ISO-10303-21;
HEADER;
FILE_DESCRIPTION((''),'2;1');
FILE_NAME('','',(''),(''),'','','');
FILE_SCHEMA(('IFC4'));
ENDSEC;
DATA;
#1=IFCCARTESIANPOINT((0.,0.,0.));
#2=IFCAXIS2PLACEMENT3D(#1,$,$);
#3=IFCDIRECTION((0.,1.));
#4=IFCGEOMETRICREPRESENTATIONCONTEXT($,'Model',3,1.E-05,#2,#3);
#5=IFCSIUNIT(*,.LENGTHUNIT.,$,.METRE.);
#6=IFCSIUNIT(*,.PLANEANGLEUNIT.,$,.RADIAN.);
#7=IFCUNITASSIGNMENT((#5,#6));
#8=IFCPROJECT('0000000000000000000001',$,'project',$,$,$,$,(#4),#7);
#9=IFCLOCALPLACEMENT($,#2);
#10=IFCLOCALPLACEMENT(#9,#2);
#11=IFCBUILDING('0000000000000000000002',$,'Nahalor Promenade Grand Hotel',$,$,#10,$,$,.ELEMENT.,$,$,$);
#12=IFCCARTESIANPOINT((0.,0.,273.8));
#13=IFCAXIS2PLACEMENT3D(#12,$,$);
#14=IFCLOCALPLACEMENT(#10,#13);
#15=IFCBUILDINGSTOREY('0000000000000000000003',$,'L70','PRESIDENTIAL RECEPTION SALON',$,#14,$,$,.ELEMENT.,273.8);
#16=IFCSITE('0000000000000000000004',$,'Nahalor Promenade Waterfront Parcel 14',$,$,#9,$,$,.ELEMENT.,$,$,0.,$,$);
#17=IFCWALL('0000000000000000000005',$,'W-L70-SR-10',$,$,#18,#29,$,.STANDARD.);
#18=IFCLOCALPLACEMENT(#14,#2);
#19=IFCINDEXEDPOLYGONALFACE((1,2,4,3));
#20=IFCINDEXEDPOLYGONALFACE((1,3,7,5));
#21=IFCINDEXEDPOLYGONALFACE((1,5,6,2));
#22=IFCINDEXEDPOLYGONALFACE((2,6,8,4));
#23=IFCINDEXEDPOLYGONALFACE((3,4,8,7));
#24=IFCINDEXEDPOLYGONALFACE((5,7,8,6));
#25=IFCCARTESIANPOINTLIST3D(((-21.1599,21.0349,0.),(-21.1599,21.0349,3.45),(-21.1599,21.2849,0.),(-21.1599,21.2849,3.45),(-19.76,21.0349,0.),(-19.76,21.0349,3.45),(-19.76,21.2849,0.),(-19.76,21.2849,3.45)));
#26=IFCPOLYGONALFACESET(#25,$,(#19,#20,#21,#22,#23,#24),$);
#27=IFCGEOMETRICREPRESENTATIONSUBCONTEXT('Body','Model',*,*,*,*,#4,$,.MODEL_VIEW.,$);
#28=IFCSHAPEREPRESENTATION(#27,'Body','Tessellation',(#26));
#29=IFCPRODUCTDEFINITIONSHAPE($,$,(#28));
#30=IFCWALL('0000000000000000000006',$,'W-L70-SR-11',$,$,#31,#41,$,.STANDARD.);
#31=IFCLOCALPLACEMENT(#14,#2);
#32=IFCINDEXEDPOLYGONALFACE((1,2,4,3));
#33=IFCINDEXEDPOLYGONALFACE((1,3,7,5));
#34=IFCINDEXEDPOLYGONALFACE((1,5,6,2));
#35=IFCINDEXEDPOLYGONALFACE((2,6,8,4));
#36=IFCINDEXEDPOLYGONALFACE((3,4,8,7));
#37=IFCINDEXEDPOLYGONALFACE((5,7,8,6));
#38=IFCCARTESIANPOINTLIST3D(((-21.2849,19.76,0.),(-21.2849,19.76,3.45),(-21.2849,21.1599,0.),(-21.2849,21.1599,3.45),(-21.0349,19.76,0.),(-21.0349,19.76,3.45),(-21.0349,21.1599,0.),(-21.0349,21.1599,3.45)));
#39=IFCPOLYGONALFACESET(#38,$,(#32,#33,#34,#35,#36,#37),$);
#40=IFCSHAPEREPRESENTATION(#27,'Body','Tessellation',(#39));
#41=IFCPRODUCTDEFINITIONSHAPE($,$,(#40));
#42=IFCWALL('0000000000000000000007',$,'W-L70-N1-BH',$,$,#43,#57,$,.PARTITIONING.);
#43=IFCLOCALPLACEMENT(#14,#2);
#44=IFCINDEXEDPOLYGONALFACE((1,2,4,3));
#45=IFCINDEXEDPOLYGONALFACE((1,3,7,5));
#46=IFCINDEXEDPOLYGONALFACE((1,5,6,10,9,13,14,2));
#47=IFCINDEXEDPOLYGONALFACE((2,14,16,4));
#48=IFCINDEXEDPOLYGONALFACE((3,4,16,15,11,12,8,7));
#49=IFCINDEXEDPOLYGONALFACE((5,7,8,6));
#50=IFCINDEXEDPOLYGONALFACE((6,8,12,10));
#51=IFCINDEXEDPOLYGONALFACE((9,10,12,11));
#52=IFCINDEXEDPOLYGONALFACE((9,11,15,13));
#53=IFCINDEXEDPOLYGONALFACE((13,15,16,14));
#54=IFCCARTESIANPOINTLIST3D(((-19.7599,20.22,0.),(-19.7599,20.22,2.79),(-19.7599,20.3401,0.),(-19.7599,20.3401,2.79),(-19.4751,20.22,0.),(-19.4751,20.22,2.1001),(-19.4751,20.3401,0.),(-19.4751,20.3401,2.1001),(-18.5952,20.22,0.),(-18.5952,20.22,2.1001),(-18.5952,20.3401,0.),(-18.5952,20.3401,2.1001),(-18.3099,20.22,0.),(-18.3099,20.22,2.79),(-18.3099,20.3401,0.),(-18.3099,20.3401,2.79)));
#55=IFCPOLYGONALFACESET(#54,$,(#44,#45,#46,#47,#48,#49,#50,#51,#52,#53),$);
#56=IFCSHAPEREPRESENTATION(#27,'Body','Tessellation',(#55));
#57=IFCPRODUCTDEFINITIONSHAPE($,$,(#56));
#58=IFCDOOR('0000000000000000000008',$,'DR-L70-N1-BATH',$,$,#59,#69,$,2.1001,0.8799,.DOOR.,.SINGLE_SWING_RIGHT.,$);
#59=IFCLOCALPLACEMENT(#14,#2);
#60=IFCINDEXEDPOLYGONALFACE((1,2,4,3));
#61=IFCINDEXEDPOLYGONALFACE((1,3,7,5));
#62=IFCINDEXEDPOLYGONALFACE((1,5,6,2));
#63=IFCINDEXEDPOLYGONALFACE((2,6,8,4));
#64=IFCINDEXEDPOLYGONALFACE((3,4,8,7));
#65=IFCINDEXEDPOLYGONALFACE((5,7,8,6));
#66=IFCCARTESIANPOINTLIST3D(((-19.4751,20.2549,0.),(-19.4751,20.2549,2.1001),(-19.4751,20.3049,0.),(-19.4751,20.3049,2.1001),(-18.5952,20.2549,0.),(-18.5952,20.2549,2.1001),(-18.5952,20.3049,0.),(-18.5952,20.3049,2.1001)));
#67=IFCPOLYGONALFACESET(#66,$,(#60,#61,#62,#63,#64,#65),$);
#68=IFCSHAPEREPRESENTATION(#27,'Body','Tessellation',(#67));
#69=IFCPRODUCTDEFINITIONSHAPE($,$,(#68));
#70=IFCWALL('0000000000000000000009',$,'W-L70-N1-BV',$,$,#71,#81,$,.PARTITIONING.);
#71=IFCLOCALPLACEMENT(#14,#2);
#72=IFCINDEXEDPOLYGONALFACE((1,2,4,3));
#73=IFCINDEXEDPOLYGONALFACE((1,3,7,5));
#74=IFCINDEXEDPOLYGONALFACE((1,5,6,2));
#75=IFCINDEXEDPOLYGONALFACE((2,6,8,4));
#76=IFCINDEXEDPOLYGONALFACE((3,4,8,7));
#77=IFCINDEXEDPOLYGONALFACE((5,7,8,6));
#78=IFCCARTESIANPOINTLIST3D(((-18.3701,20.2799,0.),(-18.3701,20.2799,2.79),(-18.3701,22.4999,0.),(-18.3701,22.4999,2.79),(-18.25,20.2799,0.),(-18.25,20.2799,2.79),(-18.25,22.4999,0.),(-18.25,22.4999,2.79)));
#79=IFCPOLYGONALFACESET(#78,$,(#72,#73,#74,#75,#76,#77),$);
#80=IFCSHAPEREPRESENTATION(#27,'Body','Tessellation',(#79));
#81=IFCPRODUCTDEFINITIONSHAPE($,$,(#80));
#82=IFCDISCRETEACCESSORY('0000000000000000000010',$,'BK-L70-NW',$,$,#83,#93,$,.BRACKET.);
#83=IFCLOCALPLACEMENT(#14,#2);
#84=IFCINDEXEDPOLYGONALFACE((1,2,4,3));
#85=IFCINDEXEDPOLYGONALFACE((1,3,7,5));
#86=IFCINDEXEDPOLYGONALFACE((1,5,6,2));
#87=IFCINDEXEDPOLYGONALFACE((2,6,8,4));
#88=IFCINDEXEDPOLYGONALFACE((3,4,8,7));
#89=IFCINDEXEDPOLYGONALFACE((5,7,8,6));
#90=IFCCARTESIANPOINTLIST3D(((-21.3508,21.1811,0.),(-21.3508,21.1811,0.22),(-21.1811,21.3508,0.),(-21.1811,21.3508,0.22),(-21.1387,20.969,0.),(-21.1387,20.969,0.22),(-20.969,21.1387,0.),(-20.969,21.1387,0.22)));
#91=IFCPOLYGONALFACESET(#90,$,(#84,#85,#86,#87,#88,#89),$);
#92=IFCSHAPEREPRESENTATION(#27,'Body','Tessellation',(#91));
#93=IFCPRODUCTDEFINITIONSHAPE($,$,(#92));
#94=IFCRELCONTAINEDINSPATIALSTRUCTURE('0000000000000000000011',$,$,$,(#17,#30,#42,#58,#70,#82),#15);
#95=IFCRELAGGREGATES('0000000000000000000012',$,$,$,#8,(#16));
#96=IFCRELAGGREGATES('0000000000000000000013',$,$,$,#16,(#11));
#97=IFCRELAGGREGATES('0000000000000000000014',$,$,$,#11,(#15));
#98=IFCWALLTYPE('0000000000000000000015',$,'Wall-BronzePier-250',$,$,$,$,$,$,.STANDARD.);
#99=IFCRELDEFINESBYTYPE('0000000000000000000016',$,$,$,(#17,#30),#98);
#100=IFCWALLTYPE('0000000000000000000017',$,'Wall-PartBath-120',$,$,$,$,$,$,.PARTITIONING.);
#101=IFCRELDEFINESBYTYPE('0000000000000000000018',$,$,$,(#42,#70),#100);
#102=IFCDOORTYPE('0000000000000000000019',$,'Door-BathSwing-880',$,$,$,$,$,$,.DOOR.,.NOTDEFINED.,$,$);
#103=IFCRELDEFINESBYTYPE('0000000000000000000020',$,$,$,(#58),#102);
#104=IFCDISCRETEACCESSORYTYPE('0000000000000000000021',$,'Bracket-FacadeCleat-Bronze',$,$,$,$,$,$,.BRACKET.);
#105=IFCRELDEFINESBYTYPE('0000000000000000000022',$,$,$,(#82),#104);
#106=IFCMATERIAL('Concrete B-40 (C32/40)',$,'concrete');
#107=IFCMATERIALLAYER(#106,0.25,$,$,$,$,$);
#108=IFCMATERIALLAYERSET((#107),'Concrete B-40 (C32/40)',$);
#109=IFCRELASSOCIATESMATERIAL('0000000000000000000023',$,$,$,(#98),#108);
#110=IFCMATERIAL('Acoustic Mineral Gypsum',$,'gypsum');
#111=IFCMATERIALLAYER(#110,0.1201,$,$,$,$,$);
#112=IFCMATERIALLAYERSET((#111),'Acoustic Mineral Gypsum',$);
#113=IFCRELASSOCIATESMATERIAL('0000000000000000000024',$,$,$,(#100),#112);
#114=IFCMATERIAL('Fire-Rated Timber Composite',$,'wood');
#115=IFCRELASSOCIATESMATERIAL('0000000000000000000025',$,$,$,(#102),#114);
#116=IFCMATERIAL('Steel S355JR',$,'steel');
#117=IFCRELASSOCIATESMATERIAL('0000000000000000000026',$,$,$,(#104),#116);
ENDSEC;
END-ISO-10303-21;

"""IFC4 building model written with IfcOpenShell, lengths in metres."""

from ifc_helpers import new_model, si_unit, direction, frame, frame_2d, origin, origin_2d, place, context, subcontext, project, spatial, rectangle, extrude, source, transform, mapped, material, layer, layer_set, type_object, element, fill, save


model = new_model("IFC4")

# Units and contexts
model_context = context("Model", 3, precision=1e-05, world=origin(), true_north=direction((0.0, 1.0)))
body_context = subcontext(model_context, "Body", "Model", "MODEL_VIEW")
ifc_project = project(units=[si_unit("LENGTHUNIT", "METRE"), si_unit("PLANEANGLEUNIT", "RADIAN")], contexts=[model_context])

# Site, building, storey
site_placement = place(None, origin())
site = spatial("IfcSite", under=ifc_project, at=site_placement, Name="Nahalor Promenade Waterfront Parcel 14", CompositionType="ELEMENT", RefElevation=0.0)
building_placement = place(site_placement, origin())
building = spatial("IfcBuilding", under=site, at=building_placement, Name="Nahalor Promenade Grand Hotel", CompositionType="ELEMENT")
storey_placement = place(building_placement, frame((0.0, 0.0, 273.8)))
storey = spatial("IfcBuildingStorey", under=building, at=storey_placement, Name="L70", Description="PRESIDENTIAL RECEPTION SALON", CompositionType="ELEMENT", Elevation=273.8)

# Shared definitions
ifc_material_1 = material(Name="Steel S355JR", Category="steel")

# Walls
ifc_material_2 = material(Name="Concrete B-40 (C32/40)", Category="concrete")
ifc_layer_1 = layer(ifc_material_2, 0.25)
ifc_layer_set_1 = layer_set([ifc_layer_1], Name="Concrete B-40 (C32/40)")
wall_type_1 = type_object("IfcWallType", Name="Wall-BronzePier-250", PredefinedType="STANDARD", material=ifc_layer_set_1)
shared_shape_1 = source(origin(), body_context, "Body", "SweptSolid", [
    extrude(rectangle(XDim=1.3999, YDim=0.25, at=frame_2d((0.7, 0.0))), origin(), (0.0, 0.0, 1.0), 3.45),
])
for number, where, z_axis, x_axis, name in (
    (1, (-21.1599, 21.1599, 0.0), (0.0, 0.0, 1.0), (1.0, 0.0, 0.0), "W-L70-SR-10"),
    (2, (-21.1599, 19.76, 0.0), (0.0, 0.0, 1.0), (0.0, 1.0, 0.0), "W-L70-SR-11"),
):
    element("IfcWall", number, at=place(storey_placement, frame(where, z_axis=z_axis, x_axis=x_axis)), inside=storey, type_object=wall_type_1, Name=name, PredefinedType="STANDARD", context=body_context, shape_type="MappedRepresentation", body=[
        mapped(shared_shape_1, transform((0.0, 0.0, 0.0), scale=1.0)),
    ])

# Wall, opening, door
ifc_material_3 = material(Name="Acoustic Mineral Gypsum", Category="gypsum")
ifc_layer_2 = layer(ifc_material_3, 0.1201)
ifc_layer_set_2 = layer_set([ifc_layer_2], Name="Acoustic Mineral Gypsum")
wall_type_2 = type_object("IfcWallType", Name="Wall-PartBath-120", PredefinedType="PARTITIONING", material=ifc_layer_set_2)
shared_shape_2 = source(origin(), body_context, "Body", "SweptSolid", [
    extrude(rectangle(XDim=1.45, YDim=0.1201, at=frame_2d((0.7251, 0.0))), origin(), (0.0, 0.0, 1.0), 2.79),
])
wall_1_placement = place(storey_placement, frame((-19.76, 20.28, 0.0), z_axis=(0.0, 0.0, 1.0), x_axis=(1.0, 0.0, 0.0)))
wall_1 = element("IfcWall", 3, at=wall_1_placement, inside=storey, type_object=wall_type_2, Name="W-L70-N1-BH", PredefinedType="PARTITIONING", context=body_context, shape_type="MappedRepresentation", body=[
    mapped(shared_shape_2, transform((0.0, 0.0, 0.0), scale=1.0)),
])
opening_placement = place(wall_1_placement, frame((0.2849, 0.0, 0.0)))
opening = element("IfcOpeningElement", 4, at=opening_placement, cuts=wall_1, PredefinedType="OPENING", context=body_context, shape_type="SweptSolid", body=[
    extrude(rectangle(XDim=0.8799, YDim=2.1001, at=frame_2d((0.4399, 1.05))), frame((0.0, 0.0701, 0.0), z_axis=(0.0, -1.0, 0.0), x_axis=(1.0, 0.0, 0.0)), (0.0, 0.0, 1.0), 0.1401),
])
ifc_material_4 = material(Name="Fire-Rated Timber Composite", Category="wood")
door_type = type_object("IfcDoorType", Name="Door-BathSwing-880", OperationType="NOTDEFINED", PredefinedType="DOOR", material=ifc_material_4)
shared_shape_3 = source(origin(), body_context, "Body", "SweptSolid", [
    extrude(rectangle(XDim=0.8799, YDim=2.1001, at=frame_2d((0.4399, 1.05))), frame((0.0, 0.0249, 0.0), z_axis=(0.0, -1.0, 0.0), x_axis=(1.0, 0.0, 0.0)), (0.0, 0.0, 1.0), 0.05),
])
door_placement = place(opening_placement, origin())
door = element("IfcDoor", 5, at=door_placement, inside=storey, type_object=door_type, Name="DR-L70-N1-BATH", OperationType="SINGLE_SWING_RIGHT", OverallHeight=2.1001, OverallWidth=0.8799, PredefinedType="DOOR", context=body_context, shape_type="MappedRepresentation", body=[
    mapped(shared_shape_3, transform((0.0, 0.0, 0.0), scale=1.0)),
])
fill(opening, door)

# Wall
shared_shape_4 = source(origin(), body_context, "Body", "SweptSolid", [
    extrude(rectangle(XDim=2.22, YDim=0.1201, at=frame_2d((1.1099, 0.0))), origin(), (0.0, 0.0, 1.0), 2.79),
])
wall_2_placement = place(storey_placement, frame((-18.3101, 20.28, 0.0), z_axis=(0.0, 0.0, 1.0), x_axis=(0.0, 1.0, 0.0)))
element("IfcWall", 6, at=wall_2_placement, inside=storey, type_object=wall_type_2, Name="W-L70-N1-BV", PredefinedType="PARTITIONING", context=body_context, shape_type="MappedRepresentation", body=[
    mapped(shared_shape_4, transform((0.0, 0.0, 0.0), scale=1.0)),
])

# Discrete accessory
discrete_accessory_type = type_object("IfcDiscreteAccessoryType", Name="Bracket-FacadeCleat-Bronze", PredefinedType="BRACKET", material=ifc_material_1)
shared_shape_5 = source(origin(), body_context, "Body", "SweptSolid", [
    extrude(rectangle(XDim=0.3, YDim=0.24, at=origin_2d()), origin(), (0.0, 0.0, 1.0), 0.22),
])
discrete_accessory_placement = place(storey_placement, frame((-21.1599, 21.1599, 0.0), z_axis=(0.0, 0.0, 1.0), x_axis=(-0.707107, 0.707107, 0.0)))
element("IfcDiscreteAccessory", 7, at=discrete_accessory_placement, inside=storey, type_object=discrete_accessory_type, Name="BK-L70-NW", PredefinedType="BRACKET", context=body_context, shape_type="MappedRepresentation", body=[
    mapped(shared_shape_5, transform((0.0, 0.0, 0.0), scale=1.0)),
])

save(model, "model.ifc")
